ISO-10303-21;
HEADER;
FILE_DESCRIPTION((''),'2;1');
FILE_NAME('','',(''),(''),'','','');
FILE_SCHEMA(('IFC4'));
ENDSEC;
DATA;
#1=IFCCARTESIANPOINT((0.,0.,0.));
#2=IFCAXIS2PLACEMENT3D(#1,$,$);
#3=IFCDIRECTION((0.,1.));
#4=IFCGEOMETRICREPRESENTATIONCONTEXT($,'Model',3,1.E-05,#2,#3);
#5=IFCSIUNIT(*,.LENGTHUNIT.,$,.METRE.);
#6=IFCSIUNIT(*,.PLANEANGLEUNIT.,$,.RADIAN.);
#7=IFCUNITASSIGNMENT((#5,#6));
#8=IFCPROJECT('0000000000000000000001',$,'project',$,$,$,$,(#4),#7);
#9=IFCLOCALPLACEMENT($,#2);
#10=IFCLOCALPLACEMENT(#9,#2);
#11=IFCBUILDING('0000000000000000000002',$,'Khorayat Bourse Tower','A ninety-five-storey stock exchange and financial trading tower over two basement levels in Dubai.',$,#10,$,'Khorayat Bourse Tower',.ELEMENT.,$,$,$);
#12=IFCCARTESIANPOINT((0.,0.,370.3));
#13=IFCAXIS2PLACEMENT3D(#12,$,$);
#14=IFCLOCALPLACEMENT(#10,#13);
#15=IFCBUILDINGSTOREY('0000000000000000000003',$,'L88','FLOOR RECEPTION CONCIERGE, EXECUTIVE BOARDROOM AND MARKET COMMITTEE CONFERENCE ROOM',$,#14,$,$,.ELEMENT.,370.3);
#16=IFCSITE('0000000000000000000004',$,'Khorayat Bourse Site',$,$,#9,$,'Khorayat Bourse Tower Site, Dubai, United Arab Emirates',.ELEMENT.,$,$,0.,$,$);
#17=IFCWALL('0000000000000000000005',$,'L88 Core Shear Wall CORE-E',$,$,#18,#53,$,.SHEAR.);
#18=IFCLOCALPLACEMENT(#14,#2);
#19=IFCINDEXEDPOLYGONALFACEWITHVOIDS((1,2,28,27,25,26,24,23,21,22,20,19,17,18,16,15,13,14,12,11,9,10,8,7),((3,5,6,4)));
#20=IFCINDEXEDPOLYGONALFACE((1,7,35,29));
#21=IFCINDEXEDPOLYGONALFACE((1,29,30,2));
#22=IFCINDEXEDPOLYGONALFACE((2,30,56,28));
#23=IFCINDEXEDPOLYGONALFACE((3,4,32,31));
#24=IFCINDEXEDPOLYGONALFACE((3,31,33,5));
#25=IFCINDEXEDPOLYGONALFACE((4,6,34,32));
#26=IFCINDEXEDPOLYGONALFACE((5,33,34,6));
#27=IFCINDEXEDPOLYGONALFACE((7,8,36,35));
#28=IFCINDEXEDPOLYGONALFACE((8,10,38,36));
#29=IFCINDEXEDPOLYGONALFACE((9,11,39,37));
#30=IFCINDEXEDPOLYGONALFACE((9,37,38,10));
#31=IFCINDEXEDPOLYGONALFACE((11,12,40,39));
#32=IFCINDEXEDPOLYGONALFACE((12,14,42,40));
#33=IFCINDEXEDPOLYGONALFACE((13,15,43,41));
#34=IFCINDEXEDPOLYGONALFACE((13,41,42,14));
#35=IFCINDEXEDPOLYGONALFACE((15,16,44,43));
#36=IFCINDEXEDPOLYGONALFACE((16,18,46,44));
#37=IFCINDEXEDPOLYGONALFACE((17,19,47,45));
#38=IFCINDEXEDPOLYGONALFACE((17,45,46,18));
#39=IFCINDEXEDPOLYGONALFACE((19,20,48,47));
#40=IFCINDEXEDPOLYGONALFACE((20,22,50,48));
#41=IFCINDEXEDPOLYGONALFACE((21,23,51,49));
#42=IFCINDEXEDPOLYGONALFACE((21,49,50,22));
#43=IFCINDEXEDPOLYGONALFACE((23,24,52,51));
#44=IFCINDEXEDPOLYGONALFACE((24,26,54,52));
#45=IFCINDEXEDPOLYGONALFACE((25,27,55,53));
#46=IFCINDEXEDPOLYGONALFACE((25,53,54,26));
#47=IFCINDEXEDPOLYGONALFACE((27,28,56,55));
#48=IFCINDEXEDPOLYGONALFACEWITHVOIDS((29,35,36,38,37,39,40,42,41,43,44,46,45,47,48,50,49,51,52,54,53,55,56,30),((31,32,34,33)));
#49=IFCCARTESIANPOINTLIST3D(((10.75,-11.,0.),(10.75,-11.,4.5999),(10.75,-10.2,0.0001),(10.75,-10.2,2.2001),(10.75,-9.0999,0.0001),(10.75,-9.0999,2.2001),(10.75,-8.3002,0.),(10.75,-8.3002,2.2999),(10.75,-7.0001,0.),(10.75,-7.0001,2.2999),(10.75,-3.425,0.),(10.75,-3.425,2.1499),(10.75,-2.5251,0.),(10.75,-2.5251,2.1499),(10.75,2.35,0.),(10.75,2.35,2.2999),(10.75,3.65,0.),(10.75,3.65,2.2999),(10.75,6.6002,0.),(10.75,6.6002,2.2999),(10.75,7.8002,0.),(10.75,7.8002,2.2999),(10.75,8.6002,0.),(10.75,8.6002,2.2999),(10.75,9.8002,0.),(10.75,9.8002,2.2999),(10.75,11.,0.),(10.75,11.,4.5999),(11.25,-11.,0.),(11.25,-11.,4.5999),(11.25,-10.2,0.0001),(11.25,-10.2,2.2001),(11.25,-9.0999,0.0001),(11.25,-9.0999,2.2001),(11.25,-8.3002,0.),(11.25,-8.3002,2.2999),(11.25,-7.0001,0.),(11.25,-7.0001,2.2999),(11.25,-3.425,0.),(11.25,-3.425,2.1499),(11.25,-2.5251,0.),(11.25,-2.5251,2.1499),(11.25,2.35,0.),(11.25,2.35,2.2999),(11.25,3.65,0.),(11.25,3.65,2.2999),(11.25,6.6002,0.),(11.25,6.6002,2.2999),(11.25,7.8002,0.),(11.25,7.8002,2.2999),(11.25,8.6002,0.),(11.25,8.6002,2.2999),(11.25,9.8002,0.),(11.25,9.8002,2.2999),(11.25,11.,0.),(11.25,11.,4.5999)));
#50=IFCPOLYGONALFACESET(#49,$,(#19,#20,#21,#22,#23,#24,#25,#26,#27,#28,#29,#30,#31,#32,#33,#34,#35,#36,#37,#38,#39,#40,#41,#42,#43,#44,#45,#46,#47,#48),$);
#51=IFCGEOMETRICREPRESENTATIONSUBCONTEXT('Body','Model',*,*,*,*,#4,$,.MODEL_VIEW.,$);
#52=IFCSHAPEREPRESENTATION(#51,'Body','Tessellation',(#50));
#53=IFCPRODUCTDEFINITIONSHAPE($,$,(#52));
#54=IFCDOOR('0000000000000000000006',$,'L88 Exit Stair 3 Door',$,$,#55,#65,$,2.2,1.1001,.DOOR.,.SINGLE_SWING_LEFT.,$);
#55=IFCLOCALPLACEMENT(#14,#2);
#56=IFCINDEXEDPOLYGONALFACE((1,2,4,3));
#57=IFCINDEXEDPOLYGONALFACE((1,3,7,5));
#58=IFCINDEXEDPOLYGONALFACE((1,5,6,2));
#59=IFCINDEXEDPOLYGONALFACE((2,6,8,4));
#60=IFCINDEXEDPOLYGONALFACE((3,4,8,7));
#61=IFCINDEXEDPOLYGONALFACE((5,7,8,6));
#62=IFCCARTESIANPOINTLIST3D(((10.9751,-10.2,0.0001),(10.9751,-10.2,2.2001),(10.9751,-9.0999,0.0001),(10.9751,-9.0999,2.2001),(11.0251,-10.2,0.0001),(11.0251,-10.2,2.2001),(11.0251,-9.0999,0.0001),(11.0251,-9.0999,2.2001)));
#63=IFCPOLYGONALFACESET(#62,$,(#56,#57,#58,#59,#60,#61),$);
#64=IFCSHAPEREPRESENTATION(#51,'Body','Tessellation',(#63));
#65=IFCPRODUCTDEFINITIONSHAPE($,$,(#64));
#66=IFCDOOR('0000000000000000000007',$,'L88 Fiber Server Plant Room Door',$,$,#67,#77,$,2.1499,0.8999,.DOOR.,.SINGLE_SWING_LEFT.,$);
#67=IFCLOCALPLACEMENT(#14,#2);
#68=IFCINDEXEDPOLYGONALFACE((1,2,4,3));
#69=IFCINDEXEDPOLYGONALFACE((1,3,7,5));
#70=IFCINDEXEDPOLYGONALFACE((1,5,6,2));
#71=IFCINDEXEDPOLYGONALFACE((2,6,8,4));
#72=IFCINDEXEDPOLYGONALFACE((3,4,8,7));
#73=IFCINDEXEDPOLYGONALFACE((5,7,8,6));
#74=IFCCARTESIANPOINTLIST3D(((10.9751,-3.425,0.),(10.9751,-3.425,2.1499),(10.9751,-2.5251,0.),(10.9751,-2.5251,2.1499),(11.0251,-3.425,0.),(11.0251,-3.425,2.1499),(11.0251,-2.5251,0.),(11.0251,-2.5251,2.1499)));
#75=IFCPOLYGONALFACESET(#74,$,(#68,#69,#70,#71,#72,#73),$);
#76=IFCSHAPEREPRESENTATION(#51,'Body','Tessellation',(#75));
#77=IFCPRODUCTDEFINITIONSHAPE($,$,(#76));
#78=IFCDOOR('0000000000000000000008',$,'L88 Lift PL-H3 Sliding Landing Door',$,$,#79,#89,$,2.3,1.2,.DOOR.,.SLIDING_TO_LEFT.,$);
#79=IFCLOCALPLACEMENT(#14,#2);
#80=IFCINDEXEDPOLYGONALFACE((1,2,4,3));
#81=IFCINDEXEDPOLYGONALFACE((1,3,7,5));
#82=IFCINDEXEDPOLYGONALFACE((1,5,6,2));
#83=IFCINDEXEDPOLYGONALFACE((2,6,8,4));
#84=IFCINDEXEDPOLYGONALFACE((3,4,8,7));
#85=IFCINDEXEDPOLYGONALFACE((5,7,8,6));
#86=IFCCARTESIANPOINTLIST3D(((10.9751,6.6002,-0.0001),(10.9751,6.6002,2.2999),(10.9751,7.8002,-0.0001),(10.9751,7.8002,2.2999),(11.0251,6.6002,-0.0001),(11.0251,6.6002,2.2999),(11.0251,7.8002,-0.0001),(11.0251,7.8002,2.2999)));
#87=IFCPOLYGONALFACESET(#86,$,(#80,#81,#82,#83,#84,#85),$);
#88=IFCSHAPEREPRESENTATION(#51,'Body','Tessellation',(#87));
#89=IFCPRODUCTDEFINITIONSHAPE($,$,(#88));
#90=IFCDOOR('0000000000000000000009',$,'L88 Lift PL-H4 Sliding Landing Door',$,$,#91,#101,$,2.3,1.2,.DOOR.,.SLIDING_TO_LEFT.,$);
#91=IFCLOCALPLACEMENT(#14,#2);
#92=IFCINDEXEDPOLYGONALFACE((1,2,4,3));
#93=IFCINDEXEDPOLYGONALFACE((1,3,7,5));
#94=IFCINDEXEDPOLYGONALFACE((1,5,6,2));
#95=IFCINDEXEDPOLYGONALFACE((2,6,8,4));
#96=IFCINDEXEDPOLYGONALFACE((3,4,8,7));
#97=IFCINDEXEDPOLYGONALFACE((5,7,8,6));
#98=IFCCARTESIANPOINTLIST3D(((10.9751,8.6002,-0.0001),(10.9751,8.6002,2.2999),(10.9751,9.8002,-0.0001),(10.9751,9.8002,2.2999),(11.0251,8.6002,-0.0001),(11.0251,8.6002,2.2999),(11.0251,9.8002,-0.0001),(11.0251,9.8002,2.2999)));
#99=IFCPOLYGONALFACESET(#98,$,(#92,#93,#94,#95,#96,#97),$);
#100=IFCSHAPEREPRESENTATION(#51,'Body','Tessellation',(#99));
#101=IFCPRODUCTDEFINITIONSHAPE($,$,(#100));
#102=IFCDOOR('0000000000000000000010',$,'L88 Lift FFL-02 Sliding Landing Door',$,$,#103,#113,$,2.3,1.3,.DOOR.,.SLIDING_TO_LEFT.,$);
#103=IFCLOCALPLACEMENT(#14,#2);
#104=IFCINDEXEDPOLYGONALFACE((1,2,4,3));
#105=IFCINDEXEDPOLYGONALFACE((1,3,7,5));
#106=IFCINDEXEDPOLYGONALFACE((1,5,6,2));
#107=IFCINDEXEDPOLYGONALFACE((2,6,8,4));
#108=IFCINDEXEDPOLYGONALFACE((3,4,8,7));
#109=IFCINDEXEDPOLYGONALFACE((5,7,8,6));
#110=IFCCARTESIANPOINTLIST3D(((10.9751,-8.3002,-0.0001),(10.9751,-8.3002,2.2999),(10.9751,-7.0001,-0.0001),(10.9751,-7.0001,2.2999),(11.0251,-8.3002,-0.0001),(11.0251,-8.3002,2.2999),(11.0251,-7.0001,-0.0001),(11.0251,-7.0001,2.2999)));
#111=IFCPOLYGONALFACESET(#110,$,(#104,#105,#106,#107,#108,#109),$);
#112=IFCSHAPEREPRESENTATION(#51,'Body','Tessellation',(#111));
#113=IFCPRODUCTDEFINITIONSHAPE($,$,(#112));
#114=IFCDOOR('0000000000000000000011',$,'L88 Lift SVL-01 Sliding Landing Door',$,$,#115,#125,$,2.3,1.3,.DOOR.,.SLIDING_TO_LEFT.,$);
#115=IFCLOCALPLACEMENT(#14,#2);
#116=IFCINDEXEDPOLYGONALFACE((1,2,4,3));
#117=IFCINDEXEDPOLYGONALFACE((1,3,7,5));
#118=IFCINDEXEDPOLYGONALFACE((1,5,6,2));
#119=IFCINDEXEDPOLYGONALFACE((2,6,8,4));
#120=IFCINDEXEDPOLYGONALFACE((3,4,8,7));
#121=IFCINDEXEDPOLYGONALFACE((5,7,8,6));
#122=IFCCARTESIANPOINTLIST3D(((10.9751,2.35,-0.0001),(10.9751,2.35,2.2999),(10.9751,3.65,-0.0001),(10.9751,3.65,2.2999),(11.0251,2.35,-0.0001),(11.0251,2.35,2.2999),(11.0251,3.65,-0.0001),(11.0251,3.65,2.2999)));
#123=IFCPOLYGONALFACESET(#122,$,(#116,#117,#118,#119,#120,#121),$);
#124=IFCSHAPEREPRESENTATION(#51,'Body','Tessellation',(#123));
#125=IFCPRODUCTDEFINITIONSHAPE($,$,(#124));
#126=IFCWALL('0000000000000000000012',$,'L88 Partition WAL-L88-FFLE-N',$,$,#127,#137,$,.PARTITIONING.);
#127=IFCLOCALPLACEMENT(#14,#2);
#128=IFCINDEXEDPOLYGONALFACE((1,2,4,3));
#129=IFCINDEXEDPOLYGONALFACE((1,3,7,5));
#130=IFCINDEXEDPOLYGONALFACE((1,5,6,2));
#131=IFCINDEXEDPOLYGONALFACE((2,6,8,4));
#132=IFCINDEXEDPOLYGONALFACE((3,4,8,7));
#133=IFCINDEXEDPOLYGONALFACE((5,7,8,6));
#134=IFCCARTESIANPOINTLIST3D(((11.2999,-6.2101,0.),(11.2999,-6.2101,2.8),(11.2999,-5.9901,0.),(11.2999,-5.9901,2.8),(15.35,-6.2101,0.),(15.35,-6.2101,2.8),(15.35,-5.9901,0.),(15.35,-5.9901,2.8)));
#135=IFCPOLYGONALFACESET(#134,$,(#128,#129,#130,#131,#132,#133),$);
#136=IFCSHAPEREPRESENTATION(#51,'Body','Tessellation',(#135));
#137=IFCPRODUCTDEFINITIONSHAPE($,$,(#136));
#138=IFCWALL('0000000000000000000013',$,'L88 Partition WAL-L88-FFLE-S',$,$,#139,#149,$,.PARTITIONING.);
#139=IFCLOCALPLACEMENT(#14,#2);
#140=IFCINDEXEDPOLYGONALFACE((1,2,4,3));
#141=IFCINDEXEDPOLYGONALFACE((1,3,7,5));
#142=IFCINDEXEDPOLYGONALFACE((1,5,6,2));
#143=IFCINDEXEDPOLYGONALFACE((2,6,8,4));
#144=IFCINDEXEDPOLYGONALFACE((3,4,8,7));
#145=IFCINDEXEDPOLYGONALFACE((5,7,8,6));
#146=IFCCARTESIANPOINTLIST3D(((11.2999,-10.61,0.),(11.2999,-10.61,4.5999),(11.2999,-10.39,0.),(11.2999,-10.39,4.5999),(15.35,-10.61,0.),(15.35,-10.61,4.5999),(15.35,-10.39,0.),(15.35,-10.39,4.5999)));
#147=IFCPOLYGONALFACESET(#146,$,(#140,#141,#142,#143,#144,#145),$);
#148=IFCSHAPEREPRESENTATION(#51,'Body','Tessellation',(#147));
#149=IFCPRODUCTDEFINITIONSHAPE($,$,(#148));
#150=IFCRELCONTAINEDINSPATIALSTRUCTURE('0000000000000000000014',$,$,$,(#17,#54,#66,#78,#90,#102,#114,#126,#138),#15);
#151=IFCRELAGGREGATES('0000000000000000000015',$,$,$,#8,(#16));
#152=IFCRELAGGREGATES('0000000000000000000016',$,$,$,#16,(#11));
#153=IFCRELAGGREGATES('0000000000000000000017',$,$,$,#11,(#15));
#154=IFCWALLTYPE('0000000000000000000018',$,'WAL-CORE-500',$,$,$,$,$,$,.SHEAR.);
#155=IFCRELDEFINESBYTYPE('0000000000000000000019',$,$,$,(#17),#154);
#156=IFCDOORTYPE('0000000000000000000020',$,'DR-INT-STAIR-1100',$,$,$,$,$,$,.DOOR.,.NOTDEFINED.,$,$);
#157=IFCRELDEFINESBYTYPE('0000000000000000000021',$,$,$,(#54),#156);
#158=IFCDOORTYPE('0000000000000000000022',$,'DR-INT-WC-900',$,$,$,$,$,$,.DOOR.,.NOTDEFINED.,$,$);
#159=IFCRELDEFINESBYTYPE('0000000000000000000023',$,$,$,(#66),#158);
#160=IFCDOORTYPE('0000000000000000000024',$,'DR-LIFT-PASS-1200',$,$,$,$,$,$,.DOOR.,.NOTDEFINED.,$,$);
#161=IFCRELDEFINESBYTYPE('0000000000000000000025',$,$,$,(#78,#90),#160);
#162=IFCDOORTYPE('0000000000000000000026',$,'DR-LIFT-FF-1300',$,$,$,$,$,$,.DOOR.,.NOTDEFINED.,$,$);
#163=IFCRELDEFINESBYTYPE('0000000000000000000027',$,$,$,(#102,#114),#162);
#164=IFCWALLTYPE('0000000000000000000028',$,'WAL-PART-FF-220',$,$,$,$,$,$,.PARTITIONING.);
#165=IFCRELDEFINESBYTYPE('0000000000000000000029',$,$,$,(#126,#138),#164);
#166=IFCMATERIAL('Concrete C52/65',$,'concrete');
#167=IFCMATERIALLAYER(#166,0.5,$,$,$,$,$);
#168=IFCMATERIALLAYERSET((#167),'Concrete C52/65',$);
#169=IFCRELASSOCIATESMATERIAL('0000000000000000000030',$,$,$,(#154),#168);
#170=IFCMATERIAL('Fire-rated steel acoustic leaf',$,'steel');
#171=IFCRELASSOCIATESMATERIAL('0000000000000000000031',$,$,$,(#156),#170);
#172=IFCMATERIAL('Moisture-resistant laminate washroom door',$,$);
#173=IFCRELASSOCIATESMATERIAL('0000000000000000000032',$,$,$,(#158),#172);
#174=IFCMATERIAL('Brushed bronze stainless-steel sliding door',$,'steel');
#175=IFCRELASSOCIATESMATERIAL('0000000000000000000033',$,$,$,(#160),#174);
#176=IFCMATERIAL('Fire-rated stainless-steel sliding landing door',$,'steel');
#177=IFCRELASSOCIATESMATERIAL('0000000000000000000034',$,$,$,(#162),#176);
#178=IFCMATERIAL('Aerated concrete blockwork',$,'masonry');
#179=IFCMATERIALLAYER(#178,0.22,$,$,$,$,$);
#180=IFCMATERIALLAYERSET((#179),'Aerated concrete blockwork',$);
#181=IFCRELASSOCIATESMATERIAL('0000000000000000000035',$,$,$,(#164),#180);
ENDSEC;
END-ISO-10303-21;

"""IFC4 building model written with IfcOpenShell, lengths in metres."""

from ifc_helpers import new_model, si_unit, direction, frame, frame_2d, origin, place, context, subcontext, project, spatial, rectangle, extrude, source, transform, mapped, material, layer, layer_set, type_object, element, fill, save


model = new_model("IFC4")

# Units and contexts
model_context = context("Model", 3, precision=1e-05, world=origin(), true_north=direction((0.0, 1.0)))
body_context = subcontext(model_context, "Body", "Model", "MODEL_VIEW")
ifc_project = project(units=[si_unit("LENGTHUNIT", "METRE"), si_unit("PLANEANGLEUNIT", "RADIAN")], contexts=[model_context])

# Site, building, storey
site_placement = place(None, origin())
site = spatial("IfcSite", under=ifc_project, at=site_placement, Name="Khorayat Bourse Site", LongName="Khorayat Bourse Tower Site, Dubai, United Arab Emirates", CompositionType="ELEMENT", RefElevation=0.0)
building_placement = place(site_placement, origin())
building = spatial("IfcBuilding", under=site, at=building_placement, Name="Khorayat Bourse Tower", Description="A ninety-five-storey stock exchange and financial trading tower over two basement levels in Dubai.", LongName="Khorayat Bourse Tower", CompositionType="ELEMENT")
storey_placement = place(building_placement, frame((0.0, 0.0, 370.3)))
storey = spatial("IfcBuildingStorey", under=building, at=storey_placement, Name="L88", Description="FLOOR RECEPTION CONCIERGE, EXECUTIVE BOARDROOM AND MARKET COMMITTEE CONFERENCE ROOM", CompositionType="ELEMENT", Elevation=370.3)

# Shared definitions
ifc_material_1 = material(Name="Concrete C52/65", Category="concrete")

# Wall, openings, doors
ifc_layer_1 = layer(ifc_material_1, 0.5)
ifc_layer_set_1 = layer_set([ifc_layer_1], Name="Concrete C52/65")
wall_type_1 = type_object("IfcWallType", Name="WAL-CORE-500", PredefinedType="SHEAR", material=ifc_layer_set_1)
shared_shape_1 = source(origin(), body_context, "Body", "SweptSolid", [
    extrude(rectangle(XDim=22.0, YDim=0.5, at=frame_2d((11.0, 0.0))), origin(), (0.0, 0.0, 1.0), 4.5999),
])
wall_1_placement = place(storey_placement, frame((11.0, -11.0, 0.0), z_axis=(0.0, 0.0, 1.0), x_axis=(0.0, 1.0, 0.0)))
wall_1 = element("IfcWall", 1, at=wall_1_placement, inside=storey, type_object=wall_type_1, Name="L88 Core Shear Wall CORE-E", PredefinedType="SHEAR", context=body_context, shape_type="MappedRepresentation", body=[
    mapped(shared_shape_1, transform((0.0, 0.0, 0.0), scale=1.0)),
])
shared_shape_2 = source(origin(), body_context, "Body", "SweptSolid", [
    extrude(rectangle(XDim=1.1001, YDim=2.2, at=frame_2d((0.55, 1.1001))), frame((0.0, 0.26, 0.0), z_axis=(0.0, -1.0, 0.0), x_axis=(1.0, 0.0, 0.0)), (0.0, 0.0, 1.0), 0.52),
])
opening_1_placement = place(wall_1_placement, frame((0.8, 0.0, 0.0)))
opening_1 = element("IfcOpeningElement", 2, at=opening_1_placement, cuts=wall_1, PredefinedType="OPENING", context=body_context, shape_type="MappedRepresentation", body=[
    mapped(shared_shape_2, transform((0.0, 0.0, 0.0), scale=1.0)),
])
shared_shape_3 = source(origin(), body_context, "Body", "SweptSolid", [
    extrude(rectangle(XDim=0.8999, YDim=2.1499, at=frame_2d((0.45, 1.075))), frame((0.0, 0.26, 0.0), z_axis=(0.0, -1.0, 0.0), x_axis=(1.0, 0.0, 0.0)), (0.0, 0.0, 1.0), 0.52),
])
opening_2_placement = place(wall_1_placement, frame((7.575, 0.0, 0.0)))
opening_2 = element("IfcOpeningElement", 3, at=opening_2_placement, cuts=wall_1, PredefinedType="OPENING", context=body_context, shape_type="MappedRepresentation", body=[
    mapped(shared_shape_3, transform((0.0, 0.0, 0.0), scale=1.0)),
])
shared_shape_4 = source(origin(), body_context, "Body", "SweptSolid", [
    extrude(rectangle(XDim=1.2, YDim=2.3, at=frame_2d((0.6001, 1.1499))), frame((0.0, 0.26, 0.0), z_axis=(0.0, -1.0, 0.0), x_axis=(1.0, 0.0, 0.0)), (0.0, 0.0, 1.0), 0.52),
])
opening_3_placement = place(wall_1_placement, frame((17.6001, 0.0, 0.0)))
opening_3 = element("IfcOpeningElement", 4, at=opening_3_placement, cuts=wall_1, PredefinedType="OPENING", context=body_context, shape_type="MappedRepresentation", body=[
    mapped(shared_shape_4, transform((0.0, 0.0, 0.0), scale=1.0)),
])
opening_4_placement = place(wall_1_placement, frame((19.6001, 0.0, 0.0)))
opening_4 = element("IfcOpeningElement", 5, at=opening_4_placement, cuts=wall_1, PredefinedType="OPENING", context=body_context, shape_type="MappedRepresentation", body=[
    mapped(shared_shape_4, transform((0.0, 0.0, 0.0), scale=1.0)),
])
shared_shape_5 = source(origin(), body_context, "Body", "SweptSolid", [
    extrude(rectangle(XDim=1.3, YDim=2.3, at=frame_2d((0.6499, 1.1499))), frame((0.0, 0.26, 0.0), z_axis=(0.0, -1.0, 0.0), x_axis=(1.0, 0.0, 0.0)), (0.0, 0.0, 1.0), 0.52),
])
opening_5_placement = place(wall_1_placement, frame((2.7, 0.0, 0.0)))
opening_5 = element("IfcOpeningElement", 6, at=opening_5_placement, cuts=wall_1, PredefinedType="OPENING", context=body_context, shape_type="MappedRepresentation", body=[
    mapped(shared_shape_5, transform((0.0, 0.0, 0.0), scale=1.0)),
])
opening_6_placement = place(wall_1_placement, frame((13.3501, 0.0, 0.0)))
opening_6 = element("IfcOpeningElement", 7, at=opening_6_placement, cuts=wall_1, PredefinedType="OPENING", context=body_context, shape_type="MappedRepresentation", body=[
    mapped(shared_shape_5, transform((0.0, 0.0, 0.0), scale=1.0)),
])
ifc_material_2 = material(Name="Fire-rated steel acoustic leaf", Category="steel")
door_type_1 = type_object("IfcDoorType", Name="DR-INT-STAIR-1100", OperationType="NOTDEFINED", PredefinedType="DOOR", material=ifc_material_2)
shared_shape_6 = source(origin(), body_context, "Body", "SweptSolid", [
    extrude(rectangle(XDim=1.1001, YDim=2.2, at=frame_2d((0.55, 1.1001))), frame((0.0, 0.0249, 0.0), z_axis=(0.0, -1.0, 0.0), x_axis=(1.0, 0.0, 0.0)), (0.0, 0.0, 1.0), 0.05),
])
door_1_placement = place(opening_1_placement, origin())
door_1 = element("IfcDoor", 8, at=door_1_placement, inside=storey, type_object=door_type_1, Name="L88 Exit Stair 3 Door", OperationType="SINGLE_SWING_LEFT", OverallHeight=2.2, OverallWidth=1.1001, PredefinedType="DOOR", context=body_context, shape_type="MappedRepresentation", body=[
    mapped(shared_shape_6, transform((0.0, 0.0, 0.0), scale=1.0)),
])
fill(opening_1, door_1)
ifc_material_3 = material(Name="Moisture-resistant laminate washroom door")
door_type_2 = type_object("IfcDoorType", Name="DR-INT-WC-900", OperationType="NOTDEFINED", PredefinedType="DOOR", material=ifc_material_3)
shared_shape_7 = source(origin(), body_context, "Body", "SweptSolid", [
    extrude(rectangle(XDim=0.8999, YDim=2.1499, at=frame_2d((0.45, 1.075))), frame((0.0, 0.0249, 0.0), z_axis=(0.0, -1.0, 0.0), x_axis=(1.0, 0.0, 0.0)), (0.0, 0.0, 1.0), 0.05),
])
door_2_placement = place(opening_2_placement, origin())
door_2 = element("IfcDoor", 9, at=door_2_placement, inside=storey, type_object=door_type_2, Name="L88 Fiber Server Plant Room Door", OperationType="SINGLE_SWING_LEFT", OverallHeight=2.1499, OverallWidth=0.8999, PredefinedType="DOOR", context=body_context, shape_type="MappedRepresentation", body=[
    mapped(shared_shape_7, transform((0.0, 0.0, 0.0), scale=1.0)),
])
fill(opening_2, door_2)
ifc_material_4 = material(Name="Brushed bronze stainless-steel sliding door", Category="steel")
door_type_3 = type_object("IfcDoorType", Name="DR-LIFT-PASS-1200", OperationType="NOTDEFINED", PredefinedType="DOOR", material=ifc_material_4)
shared_shape_8 = source(origin(), body_context, "Body", "SweptSolid", [
    extrude(rectangle(XDim=1.2, YDim=2.3, at=frame_2d((0.6001, 1.1499))), frame((0.0, 0.0249, 0.0), z_axis=(0.0, -1.0, 0.0), x_axis=(1.0, 0.0, 0.0)), (0.0, 0.0, 1.0), 0.05),
])
door_3_placement = place(opening_3_placement, origin())
door_3 = element("IfcDoor", 10, at=door_3_placement, inside=storey, type_object=door_type_3, Name="L88 Lift PL-H3 Sliding Landing Door", OperationType="SLIDING_TO_LEFT", OverallHeight=2.3, OverallWidth=1.2, PredefinedType="DOOR", context=body_context, shape_type="MappedRepresentation", body=[
    mapped(shared_shape_8, transform((0.0, 0.0, 0.0), scale=1.0)),
])
fill(opening_3, door_3)
door_4_placement = place(opening_4_placement, origin())
door_4 = element("IfcDoor", 11, at=door_4_placement, inside=storey, type_object=door_type_3, Name="L88 Lift PL-H4 Sliding Landing Door", OperationType="SLIDING_TO_LEFT", OverallHeight=2.3, OverallWidth=1.2, PredefinedType="DOOR", context=body_context, shape_type="MappedRepresentation", body=[
    mapped(shared_shape_8, transform((0.0, 0.0, 0.0), scale=1.0)),
])
fill(opening_4, door_4)
ifc_material_5 = material(Name="Fire-rated stainless-steel sliding landing door", Category="steel")
door_type_4 = type_object("IfcDoorType", Name="DR-LIFT-FF-1300", OperationType="NOTDEFINED", PredefinedType="DOOR", material=ifc_material_5)
shared_shape_9 = source(origin(), body_context, "Body", "SweptSolid", [
    extrude(rectangle(XDim=1.3, YDim=2.3, at=frame_2d((0.6499, 1.1499))), frame((0.0, 0.0249, 0.0), z_axis=(0.0, -1.0, 0.0), x_axis=(1.0, 0.0, 0.0)), (0.0, 0.0, 1.0), 0.05),
])
door_5_placement = place(opening_5_placement, origin())
door_5 = element("IfcDoor", 12, at=door_5_placement, inside=storey, type_object=door_type_4, Name="L88 Lift FFL-02 Sliding Landing Door", OperationType="SLIDING_TO_LEFT", OverallHeight=2.3, OverallWidth=1.3, PredefinedType="DOOR", context=body_context, shape_type="MappedRepresentation", body=[
    mapped(shared_shape_9, transform((0.0, 0.0, 0.0), scale=1.0)),
])
fill(opening_5, door_5)
door_6_placement = place(opening_6_placement, origin())
door_6 = element("IfcDoor", 13, at=door_6_placement, inside=storey, type_object=door_type_4, Name="L88 Lift SVL-01 Sliding Landing Door", OperationType="SLIDING_TO_LEFT", OverallHeight=2.3, OverallWidth=1.3, PredefinedType="DOOR", context=body_context, shape_type="MappedRepresentation", body=[
    mapped(shared_shape_9, transform((0.0, 0.0, 0.0), scale=1.0)),
])
fill(opening_6, door_6)

# Walls
ifc_material_6 = material(Name="Aerated concrete blockwork", Category="masonry")
ifc_layer_2 = layer(ifc_material_6, 0.22)
ifc_layer_set_2 = layer_set([ifc_layer_2], Name="Aerated concrete blockwork")
wall_type_2 = type_object("IfcWallType", Name="WAL-PART-FF-220", PredefinedType="PARTITIONING", material=ifc_layer_set_2)
shared_shape_10 = source(origin(), body_context, "Body", "SweptSolid", [
    extrude(rectangle(XDim=4.05, YDim=0.22, at=frame_2d((2.0249, 0.0))), origin(), (0.0, 0.0, 1.0), 2.8),
])
wall_2_placement = place(storey_placement, frame((11.3, -6.1001, 0.0), z_axis=(0.0, 0.0, 1.0), x_axis=(1.0, 0.0, 0.0)))
element("IfcWall", 14, at=wall_2_placement, inside=storey, type_object=wall_type_2, Name="L88 Partition WAL-L88-FFLE-N", PredefinedType="PARTITIONING", context=body_context, shape_type="MappedRepresentation", body=[
    mapped(shared_shape_10, transform((0.0, 0.0, 0.0), scale=1.0)),
])
shared_shape_11 = source(origin(), body_context, "Body", "SweptSolid", [
    extrude(rectangle(XDim=4.05, YDim=0.22, at=frame_2d((2.0249, 0.0))), origin(), (0.0, 0.0, 1.0), 4.5999),
])
wall_3_placement = place(storey_placement, frame((11.3, -10.5, 0.0), z_axis=(0.0, 0.0, 1.0), x_axis=(1.0, 0.0, 0.0)))
element("IfcWall", 15, at=wall_3_placement, inside=storey, type_object=wall_type_2, Name="L88 Partition WAL-L88-FFLE-S", PredefinedType="PARTITIONING", context=body_context, shape_type="MappedRepresentation", body=[
    mapped(shared_shape_11, transform((0.0, 0.0, 0.0), scale=1.0)),
])

save(model, "model.ifc")
